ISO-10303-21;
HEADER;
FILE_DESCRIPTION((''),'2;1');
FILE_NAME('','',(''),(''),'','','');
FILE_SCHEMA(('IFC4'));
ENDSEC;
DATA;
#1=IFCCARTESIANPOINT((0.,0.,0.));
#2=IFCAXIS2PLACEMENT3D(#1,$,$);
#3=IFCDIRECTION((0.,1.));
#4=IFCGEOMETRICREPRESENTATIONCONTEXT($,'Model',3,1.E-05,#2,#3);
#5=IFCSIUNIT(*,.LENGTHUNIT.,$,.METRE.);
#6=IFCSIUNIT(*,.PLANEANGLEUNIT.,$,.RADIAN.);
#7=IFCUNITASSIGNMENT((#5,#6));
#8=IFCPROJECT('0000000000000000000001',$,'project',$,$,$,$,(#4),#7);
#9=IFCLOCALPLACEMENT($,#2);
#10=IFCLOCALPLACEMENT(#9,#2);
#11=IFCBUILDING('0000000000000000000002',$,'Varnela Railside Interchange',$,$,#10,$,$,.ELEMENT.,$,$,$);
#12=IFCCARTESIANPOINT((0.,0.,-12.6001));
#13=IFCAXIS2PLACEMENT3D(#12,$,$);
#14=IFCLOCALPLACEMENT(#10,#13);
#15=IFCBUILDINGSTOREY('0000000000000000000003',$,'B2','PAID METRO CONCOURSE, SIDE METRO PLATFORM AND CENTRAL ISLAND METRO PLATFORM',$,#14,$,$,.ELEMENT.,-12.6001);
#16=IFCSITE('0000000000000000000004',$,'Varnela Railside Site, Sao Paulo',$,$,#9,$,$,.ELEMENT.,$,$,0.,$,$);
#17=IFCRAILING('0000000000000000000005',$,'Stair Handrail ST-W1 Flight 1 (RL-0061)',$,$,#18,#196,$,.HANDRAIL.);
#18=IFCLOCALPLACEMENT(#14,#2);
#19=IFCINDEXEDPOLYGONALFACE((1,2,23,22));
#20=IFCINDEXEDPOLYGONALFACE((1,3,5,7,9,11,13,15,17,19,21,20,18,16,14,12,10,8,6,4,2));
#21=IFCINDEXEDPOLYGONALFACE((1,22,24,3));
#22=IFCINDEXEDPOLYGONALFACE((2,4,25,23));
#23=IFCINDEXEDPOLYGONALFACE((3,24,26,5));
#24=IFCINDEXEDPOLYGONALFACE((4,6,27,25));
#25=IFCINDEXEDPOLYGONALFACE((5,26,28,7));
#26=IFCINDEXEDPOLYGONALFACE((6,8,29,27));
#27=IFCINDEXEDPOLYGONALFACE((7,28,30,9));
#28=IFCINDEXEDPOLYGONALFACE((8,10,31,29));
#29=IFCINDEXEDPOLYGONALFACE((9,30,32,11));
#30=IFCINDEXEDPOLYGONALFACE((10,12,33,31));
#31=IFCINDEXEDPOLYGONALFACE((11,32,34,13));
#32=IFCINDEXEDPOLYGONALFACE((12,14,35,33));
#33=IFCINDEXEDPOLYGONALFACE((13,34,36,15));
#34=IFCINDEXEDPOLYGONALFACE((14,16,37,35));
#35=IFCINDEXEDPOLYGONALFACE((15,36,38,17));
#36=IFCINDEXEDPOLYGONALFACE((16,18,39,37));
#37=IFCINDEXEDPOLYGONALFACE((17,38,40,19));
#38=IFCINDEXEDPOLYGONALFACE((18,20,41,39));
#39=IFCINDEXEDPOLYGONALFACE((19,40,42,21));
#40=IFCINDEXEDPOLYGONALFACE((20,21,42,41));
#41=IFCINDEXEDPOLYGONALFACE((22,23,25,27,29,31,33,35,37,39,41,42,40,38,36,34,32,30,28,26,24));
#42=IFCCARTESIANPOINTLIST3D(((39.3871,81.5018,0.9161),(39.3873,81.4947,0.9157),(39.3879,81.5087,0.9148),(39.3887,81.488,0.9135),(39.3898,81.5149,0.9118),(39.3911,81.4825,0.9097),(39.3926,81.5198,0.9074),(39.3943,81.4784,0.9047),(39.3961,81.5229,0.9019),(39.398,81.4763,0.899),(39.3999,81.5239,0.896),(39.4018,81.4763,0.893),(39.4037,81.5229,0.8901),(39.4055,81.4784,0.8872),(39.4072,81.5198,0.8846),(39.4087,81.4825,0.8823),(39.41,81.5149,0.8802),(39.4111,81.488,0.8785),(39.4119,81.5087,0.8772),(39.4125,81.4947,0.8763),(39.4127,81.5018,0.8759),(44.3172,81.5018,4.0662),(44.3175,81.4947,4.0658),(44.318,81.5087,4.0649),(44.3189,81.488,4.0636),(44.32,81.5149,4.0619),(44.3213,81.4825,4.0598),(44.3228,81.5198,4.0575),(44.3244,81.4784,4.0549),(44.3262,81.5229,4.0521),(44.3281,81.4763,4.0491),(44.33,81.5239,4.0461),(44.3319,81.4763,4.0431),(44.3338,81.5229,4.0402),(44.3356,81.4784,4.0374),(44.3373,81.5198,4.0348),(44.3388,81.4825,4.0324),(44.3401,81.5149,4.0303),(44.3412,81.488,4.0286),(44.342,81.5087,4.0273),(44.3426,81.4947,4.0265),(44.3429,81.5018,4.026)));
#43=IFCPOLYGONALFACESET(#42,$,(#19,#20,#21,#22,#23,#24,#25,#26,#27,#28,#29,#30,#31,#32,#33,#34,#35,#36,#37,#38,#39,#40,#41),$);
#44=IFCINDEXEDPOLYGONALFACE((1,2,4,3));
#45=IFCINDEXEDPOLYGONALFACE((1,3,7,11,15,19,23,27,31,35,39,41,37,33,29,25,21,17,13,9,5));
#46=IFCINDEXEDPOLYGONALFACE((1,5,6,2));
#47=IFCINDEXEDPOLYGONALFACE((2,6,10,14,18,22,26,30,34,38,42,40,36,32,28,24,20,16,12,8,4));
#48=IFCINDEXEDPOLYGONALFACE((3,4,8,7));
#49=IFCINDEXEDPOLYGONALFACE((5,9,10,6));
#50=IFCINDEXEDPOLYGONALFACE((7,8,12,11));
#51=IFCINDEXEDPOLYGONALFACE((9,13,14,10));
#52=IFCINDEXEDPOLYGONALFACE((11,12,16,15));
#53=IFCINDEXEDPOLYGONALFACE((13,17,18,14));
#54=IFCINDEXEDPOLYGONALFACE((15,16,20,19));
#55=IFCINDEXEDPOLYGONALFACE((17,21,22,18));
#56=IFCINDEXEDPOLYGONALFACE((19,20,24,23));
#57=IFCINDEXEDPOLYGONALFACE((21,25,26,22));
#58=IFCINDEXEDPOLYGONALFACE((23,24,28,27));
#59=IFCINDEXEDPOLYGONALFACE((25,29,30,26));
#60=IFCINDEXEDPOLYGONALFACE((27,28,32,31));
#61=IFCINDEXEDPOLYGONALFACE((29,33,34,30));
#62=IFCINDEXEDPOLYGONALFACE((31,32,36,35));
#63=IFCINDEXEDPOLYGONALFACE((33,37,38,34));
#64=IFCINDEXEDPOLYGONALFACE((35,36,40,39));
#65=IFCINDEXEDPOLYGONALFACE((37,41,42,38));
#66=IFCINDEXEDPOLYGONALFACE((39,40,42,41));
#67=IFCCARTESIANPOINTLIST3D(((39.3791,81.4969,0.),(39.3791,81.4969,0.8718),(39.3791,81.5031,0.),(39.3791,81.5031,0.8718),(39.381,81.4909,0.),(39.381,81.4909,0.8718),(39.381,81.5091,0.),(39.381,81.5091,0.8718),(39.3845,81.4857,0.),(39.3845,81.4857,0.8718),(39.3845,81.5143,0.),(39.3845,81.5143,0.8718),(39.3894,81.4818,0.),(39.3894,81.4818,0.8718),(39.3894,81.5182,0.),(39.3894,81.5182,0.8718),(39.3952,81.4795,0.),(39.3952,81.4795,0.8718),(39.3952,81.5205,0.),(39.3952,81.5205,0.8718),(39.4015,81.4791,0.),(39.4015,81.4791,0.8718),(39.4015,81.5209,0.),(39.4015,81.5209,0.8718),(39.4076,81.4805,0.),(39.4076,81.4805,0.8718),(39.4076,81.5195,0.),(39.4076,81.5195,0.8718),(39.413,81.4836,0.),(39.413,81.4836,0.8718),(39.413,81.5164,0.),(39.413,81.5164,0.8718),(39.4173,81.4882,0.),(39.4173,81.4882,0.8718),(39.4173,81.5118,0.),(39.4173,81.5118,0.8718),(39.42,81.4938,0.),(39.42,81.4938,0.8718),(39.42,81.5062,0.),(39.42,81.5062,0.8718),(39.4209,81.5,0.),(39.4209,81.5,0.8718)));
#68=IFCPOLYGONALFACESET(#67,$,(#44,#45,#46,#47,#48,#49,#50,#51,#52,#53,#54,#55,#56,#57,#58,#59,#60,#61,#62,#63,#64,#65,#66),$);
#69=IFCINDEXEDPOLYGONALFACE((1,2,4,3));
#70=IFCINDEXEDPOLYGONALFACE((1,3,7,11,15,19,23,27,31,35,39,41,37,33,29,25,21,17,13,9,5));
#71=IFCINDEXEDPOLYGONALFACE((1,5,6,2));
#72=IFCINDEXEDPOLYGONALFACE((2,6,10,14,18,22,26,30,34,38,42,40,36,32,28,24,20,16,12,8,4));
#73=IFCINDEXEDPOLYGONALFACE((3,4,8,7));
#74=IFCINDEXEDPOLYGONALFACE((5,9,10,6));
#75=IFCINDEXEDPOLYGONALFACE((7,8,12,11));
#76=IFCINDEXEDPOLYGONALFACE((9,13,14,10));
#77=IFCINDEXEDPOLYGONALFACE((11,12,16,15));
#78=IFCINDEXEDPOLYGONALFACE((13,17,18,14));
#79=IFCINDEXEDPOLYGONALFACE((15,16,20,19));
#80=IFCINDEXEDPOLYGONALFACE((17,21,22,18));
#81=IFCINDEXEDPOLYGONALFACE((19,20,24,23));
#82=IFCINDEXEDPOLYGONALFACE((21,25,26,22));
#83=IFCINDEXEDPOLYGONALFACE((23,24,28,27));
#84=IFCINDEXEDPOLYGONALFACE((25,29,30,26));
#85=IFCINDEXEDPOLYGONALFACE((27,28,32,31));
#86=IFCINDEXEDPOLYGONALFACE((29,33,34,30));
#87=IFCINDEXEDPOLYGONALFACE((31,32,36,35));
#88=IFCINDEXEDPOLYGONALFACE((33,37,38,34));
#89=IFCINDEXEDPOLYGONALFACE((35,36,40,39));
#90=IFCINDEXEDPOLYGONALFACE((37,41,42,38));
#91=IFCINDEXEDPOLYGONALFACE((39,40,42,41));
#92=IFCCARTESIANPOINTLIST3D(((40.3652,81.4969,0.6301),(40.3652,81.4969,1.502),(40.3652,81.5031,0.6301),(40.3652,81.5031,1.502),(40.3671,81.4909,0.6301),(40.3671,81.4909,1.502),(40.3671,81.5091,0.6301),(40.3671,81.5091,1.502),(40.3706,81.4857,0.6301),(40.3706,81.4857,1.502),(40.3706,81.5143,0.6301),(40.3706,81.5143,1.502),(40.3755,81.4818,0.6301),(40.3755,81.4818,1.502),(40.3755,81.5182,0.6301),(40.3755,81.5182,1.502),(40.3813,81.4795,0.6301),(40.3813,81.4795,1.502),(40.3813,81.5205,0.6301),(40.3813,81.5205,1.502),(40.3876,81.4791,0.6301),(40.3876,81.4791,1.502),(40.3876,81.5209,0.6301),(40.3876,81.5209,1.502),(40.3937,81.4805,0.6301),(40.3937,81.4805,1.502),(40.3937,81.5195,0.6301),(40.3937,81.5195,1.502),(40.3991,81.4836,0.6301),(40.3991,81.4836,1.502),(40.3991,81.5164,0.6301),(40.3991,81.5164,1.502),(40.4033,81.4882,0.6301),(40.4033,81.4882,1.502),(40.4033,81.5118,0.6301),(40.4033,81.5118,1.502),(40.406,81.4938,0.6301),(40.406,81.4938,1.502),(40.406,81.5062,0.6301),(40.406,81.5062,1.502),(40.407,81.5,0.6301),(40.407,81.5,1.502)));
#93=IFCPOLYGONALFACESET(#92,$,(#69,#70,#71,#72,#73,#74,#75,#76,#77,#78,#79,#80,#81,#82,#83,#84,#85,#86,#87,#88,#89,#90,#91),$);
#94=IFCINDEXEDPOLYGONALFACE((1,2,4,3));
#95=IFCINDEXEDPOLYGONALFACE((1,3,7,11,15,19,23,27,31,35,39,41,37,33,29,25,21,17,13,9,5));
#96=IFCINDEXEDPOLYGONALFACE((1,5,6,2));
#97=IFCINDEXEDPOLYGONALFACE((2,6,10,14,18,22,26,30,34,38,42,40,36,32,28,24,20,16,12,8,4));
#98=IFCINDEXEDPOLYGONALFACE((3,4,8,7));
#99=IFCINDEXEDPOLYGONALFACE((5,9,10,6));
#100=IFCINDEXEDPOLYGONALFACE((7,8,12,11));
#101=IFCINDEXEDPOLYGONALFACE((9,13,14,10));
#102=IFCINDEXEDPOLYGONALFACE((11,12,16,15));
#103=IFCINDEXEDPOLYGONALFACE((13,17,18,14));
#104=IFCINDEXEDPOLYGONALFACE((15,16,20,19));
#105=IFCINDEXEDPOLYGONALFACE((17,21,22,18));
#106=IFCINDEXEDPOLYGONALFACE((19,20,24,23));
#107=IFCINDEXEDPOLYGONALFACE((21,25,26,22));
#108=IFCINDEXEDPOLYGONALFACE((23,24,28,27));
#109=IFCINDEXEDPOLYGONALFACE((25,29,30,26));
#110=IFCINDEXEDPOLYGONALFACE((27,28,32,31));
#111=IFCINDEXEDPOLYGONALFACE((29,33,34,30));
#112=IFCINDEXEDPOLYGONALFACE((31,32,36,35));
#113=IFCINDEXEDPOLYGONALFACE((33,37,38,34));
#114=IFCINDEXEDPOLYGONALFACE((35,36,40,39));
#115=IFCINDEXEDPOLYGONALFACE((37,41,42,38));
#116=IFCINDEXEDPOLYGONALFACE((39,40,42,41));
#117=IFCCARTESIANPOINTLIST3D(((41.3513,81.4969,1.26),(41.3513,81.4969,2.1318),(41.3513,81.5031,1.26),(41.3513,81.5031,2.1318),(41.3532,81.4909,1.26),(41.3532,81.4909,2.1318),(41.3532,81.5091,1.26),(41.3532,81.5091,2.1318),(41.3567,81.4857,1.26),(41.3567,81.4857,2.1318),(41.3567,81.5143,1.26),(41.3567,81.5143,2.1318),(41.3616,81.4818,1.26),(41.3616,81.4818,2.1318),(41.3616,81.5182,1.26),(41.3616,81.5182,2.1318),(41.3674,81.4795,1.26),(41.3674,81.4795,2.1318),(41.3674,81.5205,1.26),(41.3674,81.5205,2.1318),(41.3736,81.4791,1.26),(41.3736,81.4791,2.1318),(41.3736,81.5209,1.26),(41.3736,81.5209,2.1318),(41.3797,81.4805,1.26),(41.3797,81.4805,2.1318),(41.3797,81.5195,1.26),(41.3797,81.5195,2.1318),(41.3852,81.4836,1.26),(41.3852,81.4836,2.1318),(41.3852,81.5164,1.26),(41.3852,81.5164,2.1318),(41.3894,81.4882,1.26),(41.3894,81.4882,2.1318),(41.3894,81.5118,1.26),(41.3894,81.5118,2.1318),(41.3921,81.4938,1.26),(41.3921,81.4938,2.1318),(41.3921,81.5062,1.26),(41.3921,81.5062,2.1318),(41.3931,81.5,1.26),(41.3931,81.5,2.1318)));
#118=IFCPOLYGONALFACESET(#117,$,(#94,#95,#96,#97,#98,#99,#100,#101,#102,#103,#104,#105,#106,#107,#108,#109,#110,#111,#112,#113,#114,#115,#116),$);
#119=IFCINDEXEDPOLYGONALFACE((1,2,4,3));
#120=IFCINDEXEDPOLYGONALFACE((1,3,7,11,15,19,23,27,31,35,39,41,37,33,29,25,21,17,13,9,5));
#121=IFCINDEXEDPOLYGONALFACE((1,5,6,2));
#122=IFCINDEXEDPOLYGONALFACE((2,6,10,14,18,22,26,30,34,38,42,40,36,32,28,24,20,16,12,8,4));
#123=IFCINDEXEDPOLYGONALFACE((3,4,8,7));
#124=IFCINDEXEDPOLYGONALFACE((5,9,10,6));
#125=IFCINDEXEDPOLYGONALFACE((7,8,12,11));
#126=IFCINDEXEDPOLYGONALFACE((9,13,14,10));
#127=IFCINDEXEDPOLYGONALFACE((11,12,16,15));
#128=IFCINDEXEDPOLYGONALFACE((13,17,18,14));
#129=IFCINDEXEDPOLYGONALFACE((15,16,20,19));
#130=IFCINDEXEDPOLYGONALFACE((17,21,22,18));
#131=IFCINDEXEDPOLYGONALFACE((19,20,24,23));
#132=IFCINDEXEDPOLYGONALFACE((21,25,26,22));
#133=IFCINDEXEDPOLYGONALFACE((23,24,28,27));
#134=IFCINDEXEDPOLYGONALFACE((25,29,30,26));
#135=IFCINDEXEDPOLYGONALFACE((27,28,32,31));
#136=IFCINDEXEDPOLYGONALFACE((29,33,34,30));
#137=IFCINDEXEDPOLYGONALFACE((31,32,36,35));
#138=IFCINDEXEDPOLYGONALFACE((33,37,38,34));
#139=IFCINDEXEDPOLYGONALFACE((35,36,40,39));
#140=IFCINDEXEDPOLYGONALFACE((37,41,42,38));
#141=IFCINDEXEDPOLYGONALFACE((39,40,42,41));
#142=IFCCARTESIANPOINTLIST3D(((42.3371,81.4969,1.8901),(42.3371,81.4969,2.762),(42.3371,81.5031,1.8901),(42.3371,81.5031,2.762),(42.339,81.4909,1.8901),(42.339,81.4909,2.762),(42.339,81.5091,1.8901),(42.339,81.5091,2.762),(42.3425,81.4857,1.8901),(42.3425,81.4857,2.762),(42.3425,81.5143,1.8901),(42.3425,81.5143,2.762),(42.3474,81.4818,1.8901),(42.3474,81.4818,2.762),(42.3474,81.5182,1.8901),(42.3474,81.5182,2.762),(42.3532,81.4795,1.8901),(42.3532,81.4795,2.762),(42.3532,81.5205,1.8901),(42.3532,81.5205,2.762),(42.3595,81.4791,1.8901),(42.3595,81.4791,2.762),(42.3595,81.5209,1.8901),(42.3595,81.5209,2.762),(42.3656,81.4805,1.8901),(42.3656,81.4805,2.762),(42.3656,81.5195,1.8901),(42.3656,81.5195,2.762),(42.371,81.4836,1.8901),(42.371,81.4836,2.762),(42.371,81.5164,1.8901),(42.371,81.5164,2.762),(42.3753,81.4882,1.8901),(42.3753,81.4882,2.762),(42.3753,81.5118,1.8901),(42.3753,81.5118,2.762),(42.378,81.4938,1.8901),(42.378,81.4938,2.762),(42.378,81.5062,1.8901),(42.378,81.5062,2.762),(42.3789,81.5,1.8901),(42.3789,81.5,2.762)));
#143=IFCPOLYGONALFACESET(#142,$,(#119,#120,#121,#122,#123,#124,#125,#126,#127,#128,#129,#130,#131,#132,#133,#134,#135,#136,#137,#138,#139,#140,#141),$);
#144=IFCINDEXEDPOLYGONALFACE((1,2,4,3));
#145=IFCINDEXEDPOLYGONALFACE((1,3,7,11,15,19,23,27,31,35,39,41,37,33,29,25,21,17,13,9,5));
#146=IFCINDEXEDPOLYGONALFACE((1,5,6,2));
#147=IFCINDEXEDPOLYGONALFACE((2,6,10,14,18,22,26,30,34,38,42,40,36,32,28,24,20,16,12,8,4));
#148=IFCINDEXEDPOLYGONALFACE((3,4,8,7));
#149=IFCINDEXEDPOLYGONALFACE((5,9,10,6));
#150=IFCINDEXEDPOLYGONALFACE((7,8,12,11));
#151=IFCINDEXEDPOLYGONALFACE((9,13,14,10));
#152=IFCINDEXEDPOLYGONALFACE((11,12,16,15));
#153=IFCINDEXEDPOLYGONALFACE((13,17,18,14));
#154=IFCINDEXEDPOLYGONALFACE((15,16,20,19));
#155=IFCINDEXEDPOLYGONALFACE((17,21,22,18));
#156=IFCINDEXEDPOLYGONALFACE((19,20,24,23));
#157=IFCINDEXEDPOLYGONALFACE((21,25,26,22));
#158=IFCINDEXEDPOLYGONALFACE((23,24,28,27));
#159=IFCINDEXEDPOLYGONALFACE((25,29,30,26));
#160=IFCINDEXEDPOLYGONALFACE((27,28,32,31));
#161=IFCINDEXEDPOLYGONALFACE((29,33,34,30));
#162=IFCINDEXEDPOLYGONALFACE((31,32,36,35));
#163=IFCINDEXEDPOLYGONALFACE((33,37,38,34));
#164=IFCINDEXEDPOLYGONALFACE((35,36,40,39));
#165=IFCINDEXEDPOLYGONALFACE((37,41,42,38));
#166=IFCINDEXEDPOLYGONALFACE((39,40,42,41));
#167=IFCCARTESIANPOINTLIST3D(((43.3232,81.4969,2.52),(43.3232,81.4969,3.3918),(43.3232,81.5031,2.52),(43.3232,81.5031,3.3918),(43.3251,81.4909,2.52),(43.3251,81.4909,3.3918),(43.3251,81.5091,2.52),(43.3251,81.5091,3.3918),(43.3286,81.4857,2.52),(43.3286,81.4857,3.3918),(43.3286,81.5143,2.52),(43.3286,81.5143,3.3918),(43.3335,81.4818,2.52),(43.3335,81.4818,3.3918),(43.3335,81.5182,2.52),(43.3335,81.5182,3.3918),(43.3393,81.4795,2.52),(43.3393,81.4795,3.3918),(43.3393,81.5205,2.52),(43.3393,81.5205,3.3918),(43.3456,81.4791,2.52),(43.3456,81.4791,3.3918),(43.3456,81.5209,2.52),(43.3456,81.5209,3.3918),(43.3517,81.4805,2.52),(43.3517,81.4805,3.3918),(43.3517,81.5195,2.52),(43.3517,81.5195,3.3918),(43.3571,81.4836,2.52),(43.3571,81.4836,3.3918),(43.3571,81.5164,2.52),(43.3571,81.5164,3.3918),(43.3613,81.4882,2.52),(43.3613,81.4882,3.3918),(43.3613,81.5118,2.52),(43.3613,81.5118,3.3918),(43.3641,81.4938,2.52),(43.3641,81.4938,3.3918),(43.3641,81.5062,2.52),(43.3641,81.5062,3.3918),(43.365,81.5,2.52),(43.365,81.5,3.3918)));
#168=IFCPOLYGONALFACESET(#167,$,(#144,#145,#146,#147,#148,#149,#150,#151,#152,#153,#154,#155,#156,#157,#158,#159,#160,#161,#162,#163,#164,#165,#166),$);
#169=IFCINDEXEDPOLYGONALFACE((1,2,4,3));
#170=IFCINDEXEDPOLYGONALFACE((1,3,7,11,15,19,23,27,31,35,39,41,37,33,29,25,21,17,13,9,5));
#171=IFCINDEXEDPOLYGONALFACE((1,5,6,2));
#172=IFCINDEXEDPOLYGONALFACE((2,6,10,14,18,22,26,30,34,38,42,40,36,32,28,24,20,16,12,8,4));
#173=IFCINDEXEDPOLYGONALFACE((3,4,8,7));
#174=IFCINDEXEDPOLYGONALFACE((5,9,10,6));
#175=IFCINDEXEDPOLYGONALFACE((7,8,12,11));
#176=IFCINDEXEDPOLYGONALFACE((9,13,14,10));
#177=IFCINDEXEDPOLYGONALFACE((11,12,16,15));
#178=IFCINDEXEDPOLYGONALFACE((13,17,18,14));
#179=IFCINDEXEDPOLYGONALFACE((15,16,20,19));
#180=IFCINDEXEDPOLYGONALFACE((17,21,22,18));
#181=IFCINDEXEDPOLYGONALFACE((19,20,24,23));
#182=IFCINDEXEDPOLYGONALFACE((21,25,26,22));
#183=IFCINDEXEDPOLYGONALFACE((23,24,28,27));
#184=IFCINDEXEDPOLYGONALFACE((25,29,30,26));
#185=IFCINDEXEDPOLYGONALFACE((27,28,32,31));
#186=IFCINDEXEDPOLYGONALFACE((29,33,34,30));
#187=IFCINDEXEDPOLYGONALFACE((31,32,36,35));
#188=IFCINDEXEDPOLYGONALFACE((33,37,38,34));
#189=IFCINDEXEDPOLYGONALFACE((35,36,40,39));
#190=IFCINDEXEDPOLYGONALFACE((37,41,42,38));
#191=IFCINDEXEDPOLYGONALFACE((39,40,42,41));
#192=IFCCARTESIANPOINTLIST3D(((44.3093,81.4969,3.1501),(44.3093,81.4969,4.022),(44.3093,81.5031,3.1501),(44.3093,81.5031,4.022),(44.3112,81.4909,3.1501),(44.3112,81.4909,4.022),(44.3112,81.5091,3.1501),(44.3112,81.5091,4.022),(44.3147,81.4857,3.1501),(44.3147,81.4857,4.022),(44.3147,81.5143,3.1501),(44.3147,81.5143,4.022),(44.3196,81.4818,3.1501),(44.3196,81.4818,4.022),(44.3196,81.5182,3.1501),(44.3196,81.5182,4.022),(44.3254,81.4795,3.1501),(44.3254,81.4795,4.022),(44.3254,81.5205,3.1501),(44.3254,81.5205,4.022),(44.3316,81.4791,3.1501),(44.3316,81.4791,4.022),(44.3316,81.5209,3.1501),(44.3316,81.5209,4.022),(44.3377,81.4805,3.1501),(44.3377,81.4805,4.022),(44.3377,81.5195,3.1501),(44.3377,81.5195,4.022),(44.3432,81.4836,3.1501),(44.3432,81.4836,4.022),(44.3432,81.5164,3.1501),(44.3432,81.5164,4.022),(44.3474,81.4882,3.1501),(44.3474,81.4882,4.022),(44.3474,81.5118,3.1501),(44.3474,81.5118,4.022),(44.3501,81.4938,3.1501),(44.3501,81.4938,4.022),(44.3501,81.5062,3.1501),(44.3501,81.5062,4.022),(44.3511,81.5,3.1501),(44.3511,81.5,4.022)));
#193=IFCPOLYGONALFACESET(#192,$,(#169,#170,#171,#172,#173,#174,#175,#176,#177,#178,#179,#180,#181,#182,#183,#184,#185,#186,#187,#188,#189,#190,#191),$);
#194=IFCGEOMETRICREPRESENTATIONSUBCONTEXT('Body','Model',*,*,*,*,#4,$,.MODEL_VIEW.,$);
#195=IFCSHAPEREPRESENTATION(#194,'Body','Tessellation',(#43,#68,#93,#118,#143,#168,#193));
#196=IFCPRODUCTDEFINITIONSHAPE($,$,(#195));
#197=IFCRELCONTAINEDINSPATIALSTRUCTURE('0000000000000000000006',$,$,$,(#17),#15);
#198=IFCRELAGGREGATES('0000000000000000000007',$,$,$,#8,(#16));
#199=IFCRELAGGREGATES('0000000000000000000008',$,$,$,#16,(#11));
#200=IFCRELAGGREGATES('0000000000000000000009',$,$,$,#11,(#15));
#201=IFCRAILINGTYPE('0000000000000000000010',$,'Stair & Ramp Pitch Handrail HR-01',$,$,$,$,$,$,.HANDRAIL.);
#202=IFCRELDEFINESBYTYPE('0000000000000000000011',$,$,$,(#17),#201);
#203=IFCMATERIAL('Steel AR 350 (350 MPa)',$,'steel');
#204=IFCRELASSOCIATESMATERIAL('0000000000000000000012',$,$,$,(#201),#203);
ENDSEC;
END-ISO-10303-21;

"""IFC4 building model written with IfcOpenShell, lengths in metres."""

from ifc_helpers import new_model, si_unit, direction, frame, origin, origin_2d, place, context, subcontext, project, spatial, circle, extrude, material, type_object, element, save


model = new_model("IFC4")

# Units and contexts
model_context = context("Model", 3, precision=1e-05, world=origin(), true_north=direction((0.0, 1.0)))
body_context = subcontext(model_context, "Body", "Model", "MODEL_VIEW")
ifc_project = project(units=[si_unit("LENGTHUNIT", "METRE"), si_unit("PLANEANGLEUNIT", "RADIAN")], contexts=[model_context])

# Site, building, storey
site_placement = place(None, origin())
site = spatial("IfcSite", under=ifc_project, at=site_placement, Name="Varnela Railside Site, Sao Paulo", CompositionType="ELEMENT", RefElevation=0.0)
building_placement = place(site_placement, origin())
building = spatial("IfcBuilding", under=site, at=building_placement, Name="Varnela Railside Interchange", CompositionType="ELEMENT")
storey_placement = place(building_placement, frame((0.0, 0.0, -12.6001)))
storey = spatial("IfcBuildingStorey", under=building, at=storey_placement, Name="B2", Description="PAID METRO CONCOURSE, SIDE METRO PLATFORM AND CENTRAL ISLAND METRO PLATFORM", CompositionType="ELEMENT", Elevation=-12.6001)

# Railing
ifc_material_1 = material(Name="Steel AR 350 (350 MPa)", Category="steel")
railing_type_1 = type_object("IfcRailingType", Name="Stair & Ramp Pitch Handrail HR-01", PredefinedType="HANDRAIL", material=ifc_material_1)
railing_1_placement = place(storey_placement, frame((39.3999, 81.5, 0.0)))
element("IfcRailing", 1, at=railing_1_placement, inside=storey, type_object=railing_type_1, Name="Stair Handrail ST-W1 Flight 1 (RL-0061)", PredefinedType="HANDRAIL", context=body_context, shape_type="SweptSolid", body=[
    extrude(circle(Radius=0.0239, at=origin_2d()), frame((0.0, 0.0, 0.896), z_axis=(0.842672, 0.0, 0.538427), x_axis=(0.0, 1.0, 0.0)), (0.0, 0.0, 1.0), 5.8506),
    extrude(circle(Radius=0.021, at=origin_2d()), origin(), (0.0, 0.0, 1.0), 0.8718),
    extrude(circle(Radius=0.021, at=origin_2d()), frame((0.9861, 0.0, 0.6301)), (0.0, 0.0, 1.0), 0.8718),
    extrude(circle(Radius=0.021, at=origin_2d()), frame((1.9722, 0.0, 1.26)), (0.0, 0.0, 1.0), 0.8718),
    extrude(circle(Radius=0.021, at=origin_2d()), frame((2.958, 0.0, 1.8901)), (0.0, 0.0, 1.0), 0.8718),
    extrude(circle(Radius=0.021, at=origin_2d()), frame((3.9441, 0.0, 2.52)), (0.0, 0.0, 1.0), 0.8718),
    extrude(circle(Radius=0.021, at=origin_2d()), frame((4.9302, 0.0, 3.1501)), (0.0, 0.0, 1.0), 0.8718),
])

save(model, "model.ifc")
